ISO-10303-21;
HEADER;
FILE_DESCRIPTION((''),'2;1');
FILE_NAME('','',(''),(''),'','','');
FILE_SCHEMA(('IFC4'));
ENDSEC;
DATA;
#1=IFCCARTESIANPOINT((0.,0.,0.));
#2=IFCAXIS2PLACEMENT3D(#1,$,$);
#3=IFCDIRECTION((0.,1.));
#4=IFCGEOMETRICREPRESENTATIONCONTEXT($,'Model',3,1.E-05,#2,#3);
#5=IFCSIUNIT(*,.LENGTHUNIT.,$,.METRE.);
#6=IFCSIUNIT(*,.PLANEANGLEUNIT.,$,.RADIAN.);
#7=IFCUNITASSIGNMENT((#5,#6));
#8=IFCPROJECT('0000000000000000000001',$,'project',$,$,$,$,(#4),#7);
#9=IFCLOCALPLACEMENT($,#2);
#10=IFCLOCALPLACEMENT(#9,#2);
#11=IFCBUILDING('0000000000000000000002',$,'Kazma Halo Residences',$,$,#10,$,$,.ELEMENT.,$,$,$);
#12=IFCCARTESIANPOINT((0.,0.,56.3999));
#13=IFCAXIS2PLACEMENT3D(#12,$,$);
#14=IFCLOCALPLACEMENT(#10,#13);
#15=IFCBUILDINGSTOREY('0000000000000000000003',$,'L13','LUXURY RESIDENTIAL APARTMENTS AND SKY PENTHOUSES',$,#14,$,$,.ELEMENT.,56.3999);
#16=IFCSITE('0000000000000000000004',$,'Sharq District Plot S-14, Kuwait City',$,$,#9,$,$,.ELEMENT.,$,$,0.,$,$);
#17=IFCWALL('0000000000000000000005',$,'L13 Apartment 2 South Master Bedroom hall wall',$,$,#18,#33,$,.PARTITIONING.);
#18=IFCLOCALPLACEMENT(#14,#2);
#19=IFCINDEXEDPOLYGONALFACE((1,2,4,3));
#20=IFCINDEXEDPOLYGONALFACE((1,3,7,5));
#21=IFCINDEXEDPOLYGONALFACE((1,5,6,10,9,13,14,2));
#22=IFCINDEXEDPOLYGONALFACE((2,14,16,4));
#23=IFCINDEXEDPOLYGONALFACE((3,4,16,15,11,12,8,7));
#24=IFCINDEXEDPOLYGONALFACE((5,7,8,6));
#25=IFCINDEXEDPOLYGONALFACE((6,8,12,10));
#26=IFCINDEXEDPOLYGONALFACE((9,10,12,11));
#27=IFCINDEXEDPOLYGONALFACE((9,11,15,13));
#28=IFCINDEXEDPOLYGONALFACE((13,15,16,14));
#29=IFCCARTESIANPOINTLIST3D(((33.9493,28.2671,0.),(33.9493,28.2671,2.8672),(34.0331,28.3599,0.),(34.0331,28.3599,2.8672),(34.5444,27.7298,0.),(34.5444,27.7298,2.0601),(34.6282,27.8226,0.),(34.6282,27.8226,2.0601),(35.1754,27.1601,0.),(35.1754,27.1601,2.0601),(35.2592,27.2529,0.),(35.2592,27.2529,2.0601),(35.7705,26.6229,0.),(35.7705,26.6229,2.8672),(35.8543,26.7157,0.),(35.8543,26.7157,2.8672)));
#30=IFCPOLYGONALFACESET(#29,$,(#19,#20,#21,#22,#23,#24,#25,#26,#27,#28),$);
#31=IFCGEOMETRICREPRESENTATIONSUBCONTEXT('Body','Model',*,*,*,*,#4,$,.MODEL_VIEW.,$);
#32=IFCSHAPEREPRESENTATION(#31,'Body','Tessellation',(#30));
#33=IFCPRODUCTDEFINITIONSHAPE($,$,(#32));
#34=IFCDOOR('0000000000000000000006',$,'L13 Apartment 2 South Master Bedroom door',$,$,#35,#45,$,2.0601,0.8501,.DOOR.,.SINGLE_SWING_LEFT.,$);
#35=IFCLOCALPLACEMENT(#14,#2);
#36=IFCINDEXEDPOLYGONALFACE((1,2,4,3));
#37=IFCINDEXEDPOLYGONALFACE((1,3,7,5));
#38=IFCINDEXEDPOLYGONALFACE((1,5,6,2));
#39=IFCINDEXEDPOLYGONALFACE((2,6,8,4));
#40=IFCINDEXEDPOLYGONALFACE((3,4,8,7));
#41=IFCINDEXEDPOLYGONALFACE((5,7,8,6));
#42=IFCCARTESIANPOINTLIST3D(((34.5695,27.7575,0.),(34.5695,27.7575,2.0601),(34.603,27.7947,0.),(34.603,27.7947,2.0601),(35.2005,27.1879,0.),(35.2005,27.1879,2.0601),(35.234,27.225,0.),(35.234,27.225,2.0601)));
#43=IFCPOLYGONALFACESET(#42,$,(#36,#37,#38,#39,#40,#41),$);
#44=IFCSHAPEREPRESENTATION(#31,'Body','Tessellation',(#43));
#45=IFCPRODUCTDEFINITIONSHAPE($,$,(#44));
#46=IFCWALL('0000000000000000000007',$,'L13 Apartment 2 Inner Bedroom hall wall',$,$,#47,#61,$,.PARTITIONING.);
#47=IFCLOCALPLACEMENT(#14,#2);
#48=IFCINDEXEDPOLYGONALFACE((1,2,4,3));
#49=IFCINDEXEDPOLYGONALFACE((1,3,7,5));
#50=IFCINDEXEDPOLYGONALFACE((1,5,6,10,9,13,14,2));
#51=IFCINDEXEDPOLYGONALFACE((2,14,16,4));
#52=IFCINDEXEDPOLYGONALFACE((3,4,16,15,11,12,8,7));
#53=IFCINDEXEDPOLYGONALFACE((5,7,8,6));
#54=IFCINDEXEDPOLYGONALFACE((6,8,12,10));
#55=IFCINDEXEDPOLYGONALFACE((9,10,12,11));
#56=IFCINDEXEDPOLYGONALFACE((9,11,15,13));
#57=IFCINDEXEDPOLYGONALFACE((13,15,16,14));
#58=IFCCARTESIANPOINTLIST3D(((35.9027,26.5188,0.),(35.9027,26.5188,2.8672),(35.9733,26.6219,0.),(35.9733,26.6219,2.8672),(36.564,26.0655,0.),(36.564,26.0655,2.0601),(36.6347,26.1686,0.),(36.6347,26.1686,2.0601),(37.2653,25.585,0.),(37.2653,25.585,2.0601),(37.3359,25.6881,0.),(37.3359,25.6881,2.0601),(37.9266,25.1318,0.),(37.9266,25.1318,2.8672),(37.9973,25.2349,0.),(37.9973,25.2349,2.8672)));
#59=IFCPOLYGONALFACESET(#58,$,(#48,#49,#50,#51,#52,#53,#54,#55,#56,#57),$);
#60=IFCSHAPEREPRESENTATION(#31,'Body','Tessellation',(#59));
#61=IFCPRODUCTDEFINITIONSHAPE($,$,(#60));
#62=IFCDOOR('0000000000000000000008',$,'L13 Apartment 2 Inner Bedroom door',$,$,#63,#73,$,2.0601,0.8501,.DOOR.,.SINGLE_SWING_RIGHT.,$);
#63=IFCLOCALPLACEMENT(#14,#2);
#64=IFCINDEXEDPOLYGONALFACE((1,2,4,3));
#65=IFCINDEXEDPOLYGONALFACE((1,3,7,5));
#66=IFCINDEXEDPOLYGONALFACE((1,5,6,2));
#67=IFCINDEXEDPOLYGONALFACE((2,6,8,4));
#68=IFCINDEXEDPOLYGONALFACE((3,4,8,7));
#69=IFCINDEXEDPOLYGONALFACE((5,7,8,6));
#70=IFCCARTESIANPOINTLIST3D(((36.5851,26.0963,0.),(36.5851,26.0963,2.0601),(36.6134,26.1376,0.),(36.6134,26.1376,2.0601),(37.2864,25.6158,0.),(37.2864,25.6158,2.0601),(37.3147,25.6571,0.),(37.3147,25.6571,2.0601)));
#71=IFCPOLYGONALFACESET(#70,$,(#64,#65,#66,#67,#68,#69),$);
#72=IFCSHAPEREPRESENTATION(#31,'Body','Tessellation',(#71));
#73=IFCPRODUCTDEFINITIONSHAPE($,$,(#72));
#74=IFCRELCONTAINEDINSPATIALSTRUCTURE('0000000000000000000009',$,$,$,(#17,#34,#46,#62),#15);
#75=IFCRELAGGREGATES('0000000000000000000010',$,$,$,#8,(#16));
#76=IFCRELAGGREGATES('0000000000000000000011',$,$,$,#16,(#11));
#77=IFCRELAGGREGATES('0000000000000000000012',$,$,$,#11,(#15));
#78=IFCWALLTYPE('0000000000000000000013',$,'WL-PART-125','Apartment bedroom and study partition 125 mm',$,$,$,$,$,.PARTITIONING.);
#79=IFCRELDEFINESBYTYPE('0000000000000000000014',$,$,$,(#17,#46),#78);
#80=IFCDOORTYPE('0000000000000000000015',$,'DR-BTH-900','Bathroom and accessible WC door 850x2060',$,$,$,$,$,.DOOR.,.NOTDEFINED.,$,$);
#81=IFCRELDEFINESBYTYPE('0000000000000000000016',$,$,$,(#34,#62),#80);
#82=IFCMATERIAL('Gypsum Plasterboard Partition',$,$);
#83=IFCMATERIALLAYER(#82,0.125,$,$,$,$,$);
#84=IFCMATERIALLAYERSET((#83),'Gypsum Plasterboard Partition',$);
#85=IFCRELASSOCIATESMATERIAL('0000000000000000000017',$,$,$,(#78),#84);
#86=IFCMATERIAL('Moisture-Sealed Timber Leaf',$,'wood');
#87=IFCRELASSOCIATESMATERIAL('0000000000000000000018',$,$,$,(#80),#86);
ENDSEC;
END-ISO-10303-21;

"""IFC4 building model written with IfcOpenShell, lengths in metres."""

from ifc_helpers import new_model, si_unit, direction, frame, frame_2d, origin, place, context, subcontext, project, spatial, rectangle, extrude, material, layer, layer_set, type_object, element, fill, save


model = new_model("IFC4")

# Units and contexts
model_context = context("Model", 3, precision=1e-05, world=origin(), true_north=direction((0.0, 1.0)))
body_context = subcontext(model_context, "Body", "Model", "MODEL_VIEW")
ifc_project = project(units=[si_unit("LENGTHUNIT", "METRE"), si_unit("PLANEANGLEUNIT", "RADIAN")], contexts=[model_context])

# Site, building, storey
site_placement = place(None, origin())
site = spatial("IfcSite", under=ifc_project, at=site_placement, Name="Sharq District Plot S-14, Kuwait City", CompositionType="ELEMENT", RefElevation=0.0)
building_placement = place(site_placement, origin())
building = spatial("IfcBuilding", under=site, at=building_placement, Name="Kazma Halo Residences", CompositionType="ELEMENT")
storey_placement = place(building_placement, frame((0.0, 0.0, 56.3999)))
storey = spatial("IfcBuildingStorey", under=building, at=storey_placement, Name="L13", Description="LUXURY RESIDENTIAL APARTMENTS AND SKY PENTHOUSES", CompositionType="ELEMENT", Elevation=56.3999)

# Shared definitions
ifc_material_1 = material(Name="Gypsum Plasterboard Partition")
ifc_layer_1 = layer(ifc_material_1, 0.125)
ifc_layer_set_1 = layer_set([ifc_layer_1], Name="Gypsum Plasterboard Partition")
wall_type_1 = type_object("IfcWallType", Name="WL-PART-125", Description="Apartment bedroom and study partition 125 mm", PredefinedType="PARTITIONING", material=ifc_layer_set_1)

# Walls, openings, doors
wall_1_placement = place(storey_placement, frame((33.9912, 28.3135, 0.0), z_axis=(0.0, 0.0, 1.0), x_axis=(0.742254, -0.670118, 0.0)))
wall_1 = element("IfcWall", 1, at=wall_1_placement, inside=storey, type_object=wall_type_1, Name="L13 Apartment 2 South Master Bedroom hall wall", PredefinedType="PARTITIONING", context=body_context, shape_type="SweptSolid", body=[
    extrude(rectangle(XDim=2.4536, YDim=0.125, at=frame_2d((1.2268, 0.0))), origin(), (0.0, 0.0, 1.0), 2.8672),
])
opening_1_placement = place(wall_1_placement, frame((0.8018, 0.0, 0.0)))
opening_1 = element("IfcOpeningElement", 2, at=opening_1_placement, cuts=wall_1, PredefinedType="OPENING", context=body_context, shape_type="SweptSolid", body=[
    extrude(rectangle(XDim=0.8501, YDim=2.0601, at=frame_2d((0.425, 1.03))), frame((0.0, 0.0725, 0.0), z_axis=(0.0, -1.0, 0.0), x_axis=(1.0, 0.0, 0.0)), (0.0, 0.0, 1.0), 0.145),
])
ifc_material_2 = material(Name="Moisture-Sealed Timber Leaf", Category="wood")
door_type_1 = type_object("IfcDoorType", Name="DR-BTH-900", Description="Bathroom and accessible WC door 850x2060", OperationType="NOTDEFINED", PredefinedType="DOOR", material=ifc_material_2)
door_1_placement = place(opening_1_placement, origin())
door_1 = element("IfcDoor", 3, at=door_1_placement, inside=storey, type_object=door_type_1, Name="L13 Apartment 2 South Master Bedroom door", OperationType="SINGLE_SWING_LEFT", OverallHeight=2.0601, OverallWidth=0.8501, PredefinedType="DOOR", context=body_context, shape_type="SweptSolid", body=[
    extrude(rectangle(XDim=0.8501, YDim=2.0601, at=frame_2d((0.425, 1.03))), frame((0.0, 0.0249, 0.0), z_axis=(0.0, -1.0, 0.0), x_axis=(1.0, 0.0, 0.0)), (0.0, 0.0, 1.0), 0.05),
])
fill(opening_1, door_1)
wall_2_placement = place(storey_placement, frame((35.938, 26.5703, 0.0), z_axis=(0.0, 0.0, 1.0), x_axis=(0.824895, -0.565287, 0.0)))
wall_2 = element("IfcWall", 4, at=wall_2_placement, inside=storey, type_object=wall_type_1, Name="L13 Apartment 2 Inner Bedroom hall wall", PredefinedType="PARTITIONING", context=body_context, shape_type="SweptSolid", body=[
    extrude(rectangle(XDim=2.4536, YDim=0.125, at=frame_2d((1.2268, 0.0))), origin(), (0.0, 0.0, 1.0), 2.8672),
])
opening_2_placement = place(wall_2_placement, frame((0.8018, 0.0, 0.0)))
opening_2 = element("IfcOpeningElement", 5, at=opening_2_placement, cuts=wall_2, PredefinedType="OPENING", context=body_context, shape_type="SweptSolid", body=[
    extrude(rectangle(XDim=0.8501, YDim=2.0601, at=frame_2d((0.425, 1.03))), frame((0.0, 0.0725, 0.0), z_axis=(0.0, -1.0, 0.0), x_axis=(1.0, 0.0, 0.0)), (0.0, 0.0, 1.0), 0.145),
])
door_2_placement = place(opening_2_placement, origin())
door_2 = element("IfcDoor", 6, at=door_2_placement, inside=storey, type_object=door_type_1, Name="L13 Apartment 2 Inner Bedroom door", OperationType="SINGLE_SWING_RIGHT", OverallHeight=2.0601, OverallWidth=0.8501, PredefinedType="DOOR", context=body_context, shape_type="SweptSolid", body=[
    extrude(rectangle(XDim=0.8501, YDim=2.0601, at=frame_2d((0.425, 1.03))), frame((0.0, 0.0249, 0.0), z_axis=(0.0, -1.0, 0.0), x_axis=(1.0, 0.0, 0.0)), (0.0, 0.0, 1.0), 0.05),
])
fill(opening_2, door_2)

save(model, "model.ifc")
